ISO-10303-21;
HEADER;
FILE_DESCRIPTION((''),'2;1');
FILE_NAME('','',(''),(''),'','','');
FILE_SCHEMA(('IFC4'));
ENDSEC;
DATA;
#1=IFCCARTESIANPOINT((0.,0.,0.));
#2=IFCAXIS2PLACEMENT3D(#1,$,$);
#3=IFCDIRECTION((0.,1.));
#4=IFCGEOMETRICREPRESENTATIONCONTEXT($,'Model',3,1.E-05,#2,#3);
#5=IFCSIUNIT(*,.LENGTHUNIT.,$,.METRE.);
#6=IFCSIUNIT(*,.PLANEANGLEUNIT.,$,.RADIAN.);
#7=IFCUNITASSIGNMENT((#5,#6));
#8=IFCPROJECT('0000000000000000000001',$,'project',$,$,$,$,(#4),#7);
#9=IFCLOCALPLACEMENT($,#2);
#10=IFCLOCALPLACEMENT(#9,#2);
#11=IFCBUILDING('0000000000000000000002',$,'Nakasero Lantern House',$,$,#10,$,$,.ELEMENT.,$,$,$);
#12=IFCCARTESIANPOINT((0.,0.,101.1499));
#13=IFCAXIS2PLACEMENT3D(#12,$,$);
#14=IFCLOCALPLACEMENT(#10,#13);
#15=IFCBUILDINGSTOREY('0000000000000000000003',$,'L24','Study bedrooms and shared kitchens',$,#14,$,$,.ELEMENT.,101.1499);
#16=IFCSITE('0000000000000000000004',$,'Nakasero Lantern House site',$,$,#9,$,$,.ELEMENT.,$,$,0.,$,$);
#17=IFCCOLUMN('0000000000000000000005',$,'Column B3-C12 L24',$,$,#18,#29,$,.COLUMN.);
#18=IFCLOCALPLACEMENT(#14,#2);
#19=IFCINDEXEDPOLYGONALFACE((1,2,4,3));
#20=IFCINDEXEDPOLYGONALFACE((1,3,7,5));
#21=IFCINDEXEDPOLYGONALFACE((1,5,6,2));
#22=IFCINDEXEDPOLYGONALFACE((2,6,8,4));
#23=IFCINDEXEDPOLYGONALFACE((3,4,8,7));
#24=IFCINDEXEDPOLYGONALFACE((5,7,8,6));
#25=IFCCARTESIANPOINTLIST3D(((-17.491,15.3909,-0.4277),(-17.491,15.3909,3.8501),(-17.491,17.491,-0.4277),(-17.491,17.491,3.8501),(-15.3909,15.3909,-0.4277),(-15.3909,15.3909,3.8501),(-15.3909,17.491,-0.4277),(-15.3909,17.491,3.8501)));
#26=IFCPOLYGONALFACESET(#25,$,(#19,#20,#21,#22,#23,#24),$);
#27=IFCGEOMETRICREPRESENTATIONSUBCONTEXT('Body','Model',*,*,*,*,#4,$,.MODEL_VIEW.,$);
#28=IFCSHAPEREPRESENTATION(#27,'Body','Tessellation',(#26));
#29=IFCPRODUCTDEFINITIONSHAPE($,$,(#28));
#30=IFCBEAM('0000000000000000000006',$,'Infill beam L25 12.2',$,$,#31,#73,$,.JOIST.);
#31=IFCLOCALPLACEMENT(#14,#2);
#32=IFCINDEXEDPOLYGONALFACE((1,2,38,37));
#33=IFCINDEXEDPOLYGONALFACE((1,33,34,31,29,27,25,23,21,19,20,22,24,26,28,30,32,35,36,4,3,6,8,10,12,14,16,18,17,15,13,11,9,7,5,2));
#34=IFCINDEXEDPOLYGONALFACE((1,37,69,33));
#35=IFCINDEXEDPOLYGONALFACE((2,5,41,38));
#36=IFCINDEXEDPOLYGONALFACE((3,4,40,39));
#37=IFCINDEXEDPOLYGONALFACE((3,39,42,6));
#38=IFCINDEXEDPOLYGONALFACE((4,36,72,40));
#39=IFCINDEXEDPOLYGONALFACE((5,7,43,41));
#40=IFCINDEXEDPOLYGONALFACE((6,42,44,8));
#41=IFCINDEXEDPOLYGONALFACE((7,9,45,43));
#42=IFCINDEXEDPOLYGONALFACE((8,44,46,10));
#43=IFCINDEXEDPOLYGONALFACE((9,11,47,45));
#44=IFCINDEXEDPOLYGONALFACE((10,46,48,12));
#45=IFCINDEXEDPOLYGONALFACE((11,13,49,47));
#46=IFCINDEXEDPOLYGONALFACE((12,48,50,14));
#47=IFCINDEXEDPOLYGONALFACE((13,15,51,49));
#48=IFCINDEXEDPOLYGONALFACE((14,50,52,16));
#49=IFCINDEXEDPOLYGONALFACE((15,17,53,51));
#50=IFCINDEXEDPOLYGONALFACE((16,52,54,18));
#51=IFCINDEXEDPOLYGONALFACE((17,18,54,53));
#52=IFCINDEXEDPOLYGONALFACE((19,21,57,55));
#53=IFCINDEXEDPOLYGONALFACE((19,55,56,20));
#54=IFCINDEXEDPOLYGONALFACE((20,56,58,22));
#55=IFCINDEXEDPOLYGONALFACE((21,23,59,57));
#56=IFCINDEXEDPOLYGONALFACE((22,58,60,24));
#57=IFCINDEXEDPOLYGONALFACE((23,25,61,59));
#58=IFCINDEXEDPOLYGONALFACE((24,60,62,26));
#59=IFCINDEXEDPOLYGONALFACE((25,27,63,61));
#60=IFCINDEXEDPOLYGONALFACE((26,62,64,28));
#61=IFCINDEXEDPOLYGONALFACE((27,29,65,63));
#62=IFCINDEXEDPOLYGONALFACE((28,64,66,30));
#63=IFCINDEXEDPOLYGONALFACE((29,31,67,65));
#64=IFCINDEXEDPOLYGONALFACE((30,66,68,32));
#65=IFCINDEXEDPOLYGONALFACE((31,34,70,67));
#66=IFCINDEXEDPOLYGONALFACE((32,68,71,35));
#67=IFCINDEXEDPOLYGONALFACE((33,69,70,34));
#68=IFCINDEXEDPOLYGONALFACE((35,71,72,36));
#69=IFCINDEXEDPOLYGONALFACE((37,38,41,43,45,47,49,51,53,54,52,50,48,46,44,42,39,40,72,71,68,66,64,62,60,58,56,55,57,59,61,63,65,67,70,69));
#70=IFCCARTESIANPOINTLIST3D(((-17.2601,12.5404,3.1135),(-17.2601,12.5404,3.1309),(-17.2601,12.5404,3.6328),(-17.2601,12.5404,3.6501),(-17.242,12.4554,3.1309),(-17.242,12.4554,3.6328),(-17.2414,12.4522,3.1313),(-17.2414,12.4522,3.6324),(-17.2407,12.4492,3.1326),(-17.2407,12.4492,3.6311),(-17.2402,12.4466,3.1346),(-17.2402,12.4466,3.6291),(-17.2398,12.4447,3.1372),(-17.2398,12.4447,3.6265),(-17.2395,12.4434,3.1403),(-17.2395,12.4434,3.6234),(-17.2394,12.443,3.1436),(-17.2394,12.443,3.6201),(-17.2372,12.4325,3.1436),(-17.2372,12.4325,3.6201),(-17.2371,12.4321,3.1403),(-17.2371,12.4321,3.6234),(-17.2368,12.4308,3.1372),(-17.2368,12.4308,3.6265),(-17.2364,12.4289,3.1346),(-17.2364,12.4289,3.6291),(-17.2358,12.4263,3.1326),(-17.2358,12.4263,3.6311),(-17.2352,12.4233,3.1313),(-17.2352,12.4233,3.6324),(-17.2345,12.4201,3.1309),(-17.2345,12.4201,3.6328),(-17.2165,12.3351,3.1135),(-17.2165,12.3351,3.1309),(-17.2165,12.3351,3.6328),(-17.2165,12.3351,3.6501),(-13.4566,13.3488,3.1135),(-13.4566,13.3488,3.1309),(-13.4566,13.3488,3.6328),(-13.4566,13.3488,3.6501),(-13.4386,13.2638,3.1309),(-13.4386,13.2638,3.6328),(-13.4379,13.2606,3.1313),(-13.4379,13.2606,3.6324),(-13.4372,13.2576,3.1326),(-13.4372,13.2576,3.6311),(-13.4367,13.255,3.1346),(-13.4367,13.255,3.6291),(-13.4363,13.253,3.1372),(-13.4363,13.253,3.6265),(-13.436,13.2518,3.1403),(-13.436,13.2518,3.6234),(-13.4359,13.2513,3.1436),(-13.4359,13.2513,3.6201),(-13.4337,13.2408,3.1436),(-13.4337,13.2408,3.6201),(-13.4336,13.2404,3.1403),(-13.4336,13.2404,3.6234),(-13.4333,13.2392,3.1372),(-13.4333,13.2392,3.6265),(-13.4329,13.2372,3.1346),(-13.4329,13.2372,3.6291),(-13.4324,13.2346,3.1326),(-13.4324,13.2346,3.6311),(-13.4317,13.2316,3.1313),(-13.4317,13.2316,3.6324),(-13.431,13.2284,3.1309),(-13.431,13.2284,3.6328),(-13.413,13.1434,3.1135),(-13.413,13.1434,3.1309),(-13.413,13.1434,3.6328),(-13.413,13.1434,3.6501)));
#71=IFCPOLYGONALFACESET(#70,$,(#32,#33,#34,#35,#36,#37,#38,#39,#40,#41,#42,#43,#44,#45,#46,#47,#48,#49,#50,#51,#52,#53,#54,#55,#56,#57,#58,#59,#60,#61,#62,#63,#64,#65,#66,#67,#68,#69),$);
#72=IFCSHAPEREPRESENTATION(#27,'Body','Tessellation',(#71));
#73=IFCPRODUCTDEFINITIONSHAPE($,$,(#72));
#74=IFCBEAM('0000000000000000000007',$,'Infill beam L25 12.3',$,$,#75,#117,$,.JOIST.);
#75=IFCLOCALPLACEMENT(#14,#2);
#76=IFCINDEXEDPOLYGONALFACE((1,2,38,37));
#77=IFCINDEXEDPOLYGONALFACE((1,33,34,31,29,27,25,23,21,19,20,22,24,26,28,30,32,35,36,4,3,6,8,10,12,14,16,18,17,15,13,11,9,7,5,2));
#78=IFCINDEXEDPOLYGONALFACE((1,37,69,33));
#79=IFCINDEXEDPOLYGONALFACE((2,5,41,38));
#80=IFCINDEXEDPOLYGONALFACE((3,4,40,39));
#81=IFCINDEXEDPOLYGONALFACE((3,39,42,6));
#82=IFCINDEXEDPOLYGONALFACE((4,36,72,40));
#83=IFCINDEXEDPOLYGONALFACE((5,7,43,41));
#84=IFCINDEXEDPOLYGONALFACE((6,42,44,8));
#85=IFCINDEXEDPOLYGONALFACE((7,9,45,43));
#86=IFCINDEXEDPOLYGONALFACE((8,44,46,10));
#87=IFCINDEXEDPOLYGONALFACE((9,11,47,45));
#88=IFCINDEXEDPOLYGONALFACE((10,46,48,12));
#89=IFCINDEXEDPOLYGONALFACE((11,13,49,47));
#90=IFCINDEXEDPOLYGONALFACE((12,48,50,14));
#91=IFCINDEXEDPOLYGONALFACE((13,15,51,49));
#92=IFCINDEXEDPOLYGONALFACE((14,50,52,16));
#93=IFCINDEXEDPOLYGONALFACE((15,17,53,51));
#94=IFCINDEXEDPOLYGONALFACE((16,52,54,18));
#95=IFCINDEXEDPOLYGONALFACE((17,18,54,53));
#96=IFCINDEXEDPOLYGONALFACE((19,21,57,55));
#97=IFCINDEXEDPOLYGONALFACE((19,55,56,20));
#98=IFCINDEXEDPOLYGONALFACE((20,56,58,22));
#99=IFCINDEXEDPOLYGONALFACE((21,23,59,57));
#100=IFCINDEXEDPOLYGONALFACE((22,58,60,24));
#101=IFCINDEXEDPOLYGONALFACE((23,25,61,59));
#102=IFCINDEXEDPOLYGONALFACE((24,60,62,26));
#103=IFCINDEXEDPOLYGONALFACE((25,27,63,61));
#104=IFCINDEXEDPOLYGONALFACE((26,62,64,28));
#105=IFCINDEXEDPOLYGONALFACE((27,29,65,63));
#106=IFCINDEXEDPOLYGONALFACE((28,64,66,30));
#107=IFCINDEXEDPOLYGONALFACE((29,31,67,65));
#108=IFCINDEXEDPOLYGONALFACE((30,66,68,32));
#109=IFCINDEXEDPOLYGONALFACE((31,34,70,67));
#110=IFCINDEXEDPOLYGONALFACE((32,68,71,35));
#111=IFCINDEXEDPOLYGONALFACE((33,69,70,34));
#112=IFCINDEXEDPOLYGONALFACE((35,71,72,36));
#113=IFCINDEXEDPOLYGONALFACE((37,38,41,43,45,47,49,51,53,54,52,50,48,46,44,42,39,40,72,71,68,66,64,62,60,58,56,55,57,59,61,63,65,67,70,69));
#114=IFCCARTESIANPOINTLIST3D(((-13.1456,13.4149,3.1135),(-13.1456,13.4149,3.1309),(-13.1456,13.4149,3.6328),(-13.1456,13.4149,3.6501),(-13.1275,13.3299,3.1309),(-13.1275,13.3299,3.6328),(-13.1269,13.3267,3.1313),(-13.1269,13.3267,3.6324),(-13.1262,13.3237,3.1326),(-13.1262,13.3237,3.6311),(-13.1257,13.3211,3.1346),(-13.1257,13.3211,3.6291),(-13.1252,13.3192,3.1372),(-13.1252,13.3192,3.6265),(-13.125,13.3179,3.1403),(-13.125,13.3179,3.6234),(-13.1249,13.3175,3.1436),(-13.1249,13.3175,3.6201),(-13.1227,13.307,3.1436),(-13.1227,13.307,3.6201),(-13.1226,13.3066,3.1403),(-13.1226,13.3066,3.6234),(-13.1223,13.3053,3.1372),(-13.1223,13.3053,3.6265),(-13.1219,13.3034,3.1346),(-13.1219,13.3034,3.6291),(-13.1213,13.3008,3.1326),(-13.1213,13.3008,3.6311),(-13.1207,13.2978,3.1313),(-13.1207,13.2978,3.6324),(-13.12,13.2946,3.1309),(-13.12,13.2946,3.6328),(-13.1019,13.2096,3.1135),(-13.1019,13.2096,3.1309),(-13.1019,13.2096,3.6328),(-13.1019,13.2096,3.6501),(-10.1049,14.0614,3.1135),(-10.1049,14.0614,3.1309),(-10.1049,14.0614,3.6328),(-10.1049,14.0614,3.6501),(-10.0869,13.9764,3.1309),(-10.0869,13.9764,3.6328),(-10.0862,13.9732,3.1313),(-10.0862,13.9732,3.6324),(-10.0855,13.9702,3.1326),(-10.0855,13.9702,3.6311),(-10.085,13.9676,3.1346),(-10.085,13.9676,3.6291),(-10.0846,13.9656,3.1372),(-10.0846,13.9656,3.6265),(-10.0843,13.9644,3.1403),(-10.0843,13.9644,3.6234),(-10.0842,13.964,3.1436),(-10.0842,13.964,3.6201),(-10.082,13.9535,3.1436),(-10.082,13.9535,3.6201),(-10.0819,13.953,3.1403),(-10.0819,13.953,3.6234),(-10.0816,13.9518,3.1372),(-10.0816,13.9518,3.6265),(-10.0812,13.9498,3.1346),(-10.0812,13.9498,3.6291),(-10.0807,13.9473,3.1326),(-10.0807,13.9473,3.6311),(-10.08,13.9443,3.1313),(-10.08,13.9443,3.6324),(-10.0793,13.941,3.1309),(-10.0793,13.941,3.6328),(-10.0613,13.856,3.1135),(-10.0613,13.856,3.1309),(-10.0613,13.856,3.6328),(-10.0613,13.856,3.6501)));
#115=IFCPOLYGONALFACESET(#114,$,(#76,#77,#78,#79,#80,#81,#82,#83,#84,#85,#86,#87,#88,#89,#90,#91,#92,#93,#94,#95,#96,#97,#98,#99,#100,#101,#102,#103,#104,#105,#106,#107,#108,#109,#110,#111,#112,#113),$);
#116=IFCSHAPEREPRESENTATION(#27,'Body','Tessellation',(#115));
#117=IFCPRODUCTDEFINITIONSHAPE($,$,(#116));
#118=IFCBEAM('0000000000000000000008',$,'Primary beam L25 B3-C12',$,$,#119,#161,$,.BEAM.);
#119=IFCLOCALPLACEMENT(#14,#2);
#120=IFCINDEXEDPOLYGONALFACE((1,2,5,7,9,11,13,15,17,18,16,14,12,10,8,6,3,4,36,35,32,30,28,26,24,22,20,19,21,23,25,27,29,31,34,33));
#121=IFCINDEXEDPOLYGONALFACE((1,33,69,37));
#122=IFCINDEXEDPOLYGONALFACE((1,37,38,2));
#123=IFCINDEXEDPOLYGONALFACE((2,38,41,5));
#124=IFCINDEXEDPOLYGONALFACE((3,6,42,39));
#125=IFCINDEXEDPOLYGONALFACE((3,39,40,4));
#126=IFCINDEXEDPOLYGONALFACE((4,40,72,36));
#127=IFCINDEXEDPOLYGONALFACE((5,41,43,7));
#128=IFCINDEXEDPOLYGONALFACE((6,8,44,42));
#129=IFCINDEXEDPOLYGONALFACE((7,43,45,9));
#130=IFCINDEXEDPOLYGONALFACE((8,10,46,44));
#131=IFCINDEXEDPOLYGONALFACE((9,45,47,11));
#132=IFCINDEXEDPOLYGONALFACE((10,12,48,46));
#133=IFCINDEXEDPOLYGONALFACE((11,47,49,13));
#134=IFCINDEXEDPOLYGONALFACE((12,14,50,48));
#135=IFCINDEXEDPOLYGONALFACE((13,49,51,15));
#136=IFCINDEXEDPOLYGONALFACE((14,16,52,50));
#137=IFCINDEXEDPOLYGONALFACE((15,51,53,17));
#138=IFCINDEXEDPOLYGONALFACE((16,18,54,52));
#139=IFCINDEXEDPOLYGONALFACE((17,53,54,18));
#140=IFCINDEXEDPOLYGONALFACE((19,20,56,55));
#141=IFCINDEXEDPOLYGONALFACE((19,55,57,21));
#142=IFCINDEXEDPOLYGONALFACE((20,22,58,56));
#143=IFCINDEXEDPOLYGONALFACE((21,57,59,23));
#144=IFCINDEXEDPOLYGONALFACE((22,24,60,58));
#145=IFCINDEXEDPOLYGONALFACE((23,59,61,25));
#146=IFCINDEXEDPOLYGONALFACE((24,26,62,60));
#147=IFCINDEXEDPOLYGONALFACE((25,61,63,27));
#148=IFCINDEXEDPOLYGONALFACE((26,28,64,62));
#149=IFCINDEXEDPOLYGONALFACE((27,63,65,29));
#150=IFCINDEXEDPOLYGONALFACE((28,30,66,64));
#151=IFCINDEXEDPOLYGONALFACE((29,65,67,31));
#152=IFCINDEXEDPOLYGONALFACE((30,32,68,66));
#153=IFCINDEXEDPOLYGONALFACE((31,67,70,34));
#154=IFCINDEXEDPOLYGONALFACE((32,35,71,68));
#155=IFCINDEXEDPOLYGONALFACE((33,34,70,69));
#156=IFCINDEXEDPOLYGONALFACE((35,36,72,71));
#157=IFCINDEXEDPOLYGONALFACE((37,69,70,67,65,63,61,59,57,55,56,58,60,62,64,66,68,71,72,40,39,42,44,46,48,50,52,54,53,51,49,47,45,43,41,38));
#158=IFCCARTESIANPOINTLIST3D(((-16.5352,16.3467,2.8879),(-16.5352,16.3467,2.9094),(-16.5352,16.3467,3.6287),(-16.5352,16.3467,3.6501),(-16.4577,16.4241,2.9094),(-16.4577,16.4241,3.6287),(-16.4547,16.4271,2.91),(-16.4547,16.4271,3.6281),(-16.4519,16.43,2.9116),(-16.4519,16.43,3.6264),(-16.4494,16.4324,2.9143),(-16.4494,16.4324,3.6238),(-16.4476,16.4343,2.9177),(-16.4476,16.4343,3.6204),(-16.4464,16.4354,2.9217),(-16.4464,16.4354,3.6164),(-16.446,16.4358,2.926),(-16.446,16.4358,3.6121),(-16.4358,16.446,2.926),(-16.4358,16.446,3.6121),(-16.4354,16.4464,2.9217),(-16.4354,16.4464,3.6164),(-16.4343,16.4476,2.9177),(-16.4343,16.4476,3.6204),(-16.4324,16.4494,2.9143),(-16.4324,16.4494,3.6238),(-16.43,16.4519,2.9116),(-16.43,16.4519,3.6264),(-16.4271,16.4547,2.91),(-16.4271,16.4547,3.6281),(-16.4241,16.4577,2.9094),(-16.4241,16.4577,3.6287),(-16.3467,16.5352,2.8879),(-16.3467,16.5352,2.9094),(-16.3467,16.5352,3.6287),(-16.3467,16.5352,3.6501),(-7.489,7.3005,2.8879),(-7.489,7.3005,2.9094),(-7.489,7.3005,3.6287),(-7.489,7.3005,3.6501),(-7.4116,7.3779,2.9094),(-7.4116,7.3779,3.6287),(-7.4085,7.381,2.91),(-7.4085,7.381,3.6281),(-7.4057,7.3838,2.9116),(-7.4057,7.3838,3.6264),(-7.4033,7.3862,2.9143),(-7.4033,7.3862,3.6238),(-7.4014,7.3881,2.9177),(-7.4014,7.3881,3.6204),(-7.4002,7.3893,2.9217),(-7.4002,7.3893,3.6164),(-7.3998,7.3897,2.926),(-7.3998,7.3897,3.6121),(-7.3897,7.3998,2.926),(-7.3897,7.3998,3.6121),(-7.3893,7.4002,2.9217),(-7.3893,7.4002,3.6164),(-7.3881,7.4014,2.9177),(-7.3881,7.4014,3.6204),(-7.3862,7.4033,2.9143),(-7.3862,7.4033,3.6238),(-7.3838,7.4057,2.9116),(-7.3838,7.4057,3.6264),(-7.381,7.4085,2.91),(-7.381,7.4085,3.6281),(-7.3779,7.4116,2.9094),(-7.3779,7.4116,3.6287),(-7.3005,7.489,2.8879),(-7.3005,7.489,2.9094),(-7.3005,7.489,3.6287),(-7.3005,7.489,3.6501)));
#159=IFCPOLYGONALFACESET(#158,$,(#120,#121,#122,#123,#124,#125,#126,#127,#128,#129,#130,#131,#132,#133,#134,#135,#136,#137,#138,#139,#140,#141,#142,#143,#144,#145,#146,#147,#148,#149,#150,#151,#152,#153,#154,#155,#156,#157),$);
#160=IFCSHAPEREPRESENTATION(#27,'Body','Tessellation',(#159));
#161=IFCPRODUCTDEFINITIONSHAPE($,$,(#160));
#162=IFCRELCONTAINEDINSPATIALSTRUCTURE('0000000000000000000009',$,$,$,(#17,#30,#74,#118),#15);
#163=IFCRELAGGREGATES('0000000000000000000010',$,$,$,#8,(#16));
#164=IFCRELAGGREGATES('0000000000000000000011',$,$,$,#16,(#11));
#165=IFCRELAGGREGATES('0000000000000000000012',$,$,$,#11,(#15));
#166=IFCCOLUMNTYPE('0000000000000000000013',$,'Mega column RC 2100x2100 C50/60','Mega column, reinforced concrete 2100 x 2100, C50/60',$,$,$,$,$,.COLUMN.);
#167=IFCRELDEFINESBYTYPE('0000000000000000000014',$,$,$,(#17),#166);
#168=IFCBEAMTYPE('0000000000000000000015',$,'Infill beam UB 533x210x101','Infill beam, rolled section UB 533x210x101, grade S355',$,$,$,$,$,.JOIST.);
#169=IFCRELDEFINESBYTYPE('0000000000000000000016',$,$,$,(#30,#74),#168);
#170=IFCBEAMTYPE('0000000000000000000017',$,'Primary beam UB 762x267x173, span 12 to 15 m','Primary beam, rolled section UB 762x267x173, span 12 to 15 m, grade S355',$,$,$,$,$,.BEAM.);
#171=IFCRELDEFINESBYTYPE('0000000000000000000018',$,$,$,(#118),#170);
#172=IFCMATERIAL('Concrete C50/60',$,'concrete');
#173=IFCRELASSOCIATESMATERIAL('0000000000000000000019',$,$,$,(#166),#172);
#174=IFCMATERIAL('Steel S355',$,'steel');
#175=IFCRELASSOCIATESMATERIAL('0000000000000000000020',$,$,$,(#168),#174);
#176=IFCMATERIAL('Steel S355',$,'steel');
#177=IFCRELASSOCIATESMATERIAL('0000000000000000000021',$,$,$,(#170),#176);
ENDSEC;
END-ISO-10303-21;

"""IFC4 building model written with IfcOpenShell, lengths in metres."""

from ifc_helpers import new_model, si_unit, direction, frame, origin, origin_2d, place, context, subcontext, project, spatial, rectangle, i_section, extrude, material, material_profile, profile_set, type_object, element, save


model = new_model("IFC4")

# Units and contexts
model_context = context("Model", 3, precision=1e-05, world=origin(), true_north=direction((0.0, 1.0)))
body_context = subcontext(model_context, "Body", "Model", "MODEL_VIEW")
ifc_project = project(units=[si_unit("LENGTHUNIT", "METRE"), si_unit("PLANEANGLEUNIT", "RADIAN")], contexts=[model_context])

# Site, building, storey
site_placement = place(None, origin())
site = spatial("IfcSite", under=ifc_project, at=site_placement, Name="Nakasero Lantern House site", CompositionType="ELEMENT", RefElevation=0.0)
building_placement = place(site_placement, origin())
building = spatial("IfcBuilding", under=site, at=building_placement, Name="Nakasero Lantern House", CompositionType="ELEMENT")
storey_placement = place(building_placement, frame((0.0, 0.0, 101.1499)))
storey = spatial("IfcBuildingStorey", under=building, at=storey_placement, Name="L24", Description="Study bedrooms and shared kitchens", CompositionType="ELEMENT", Elevation=101.1499)

# Column
ifc_material_1 = material(Name="Concrete C50/60", Category="concrete")
ifc_material_profile_1 = material_profile(ifc_material_1, rectangle(XDim=2.1001, YDim=2.1001, at=origin_2d()), Name="RC 2100x2100")
ifc_profile_set_1 = profile_set([ifc_material_profile_1], Name="Concrete C50/60")
column_type = type_object("IfcColumnType", Name="Mega column RC 2100x2100 C50/60", Description="Mega column, reinforced concrete 2100 x 2100, C50/60", PredefinedType="COLUMN", material=ifc_profile_set_1)
column_placement = place(storey_placement, frame((-16.4409, 16.4409, -0.4277), z_axis=(0.0, 0.0, 1.0), x_axis=(1.0, 0.0, 0.0)))
element("IfcColumn", 1, at=column_placement, inside=storey, type_object=column_type, Name="Column B3-C12 L24", PredefinedType="COLUMN", context=body_context, shape_type="SweptSolid", body=[
    extrude(rectangle(XDim=2.1001, YDim=2.1001, at=origin_2d()), origin(), (0.0, 0.0, 1.0), 4.2778),
])

# Beams
ifc_material_2 = material(Name="Steel S355", Category="steel")
ifc_material_profile_2 = material_profile(ifc_material_2, i_section(OverallWidth=0.21, OverallDepth=0.5366, WebThickness=0.0107, FlangeThickness=0.0173, FilletRadius=0.0127, at=origin_2d()), Name="UB 533x210x101")
ifc_profile_set_2 = profile_set([ifc_material_profile_2], Name="Steel S355")
beam_type_1 = type_object("IfcBeamType", Name="Infill beam UB 533x210x101", Description="Infill beam, rolled section UB 533x210x101, grade S355", PredefinedType="JOIST", material=ifc_profile_set_2)
beam_1_placement = place(storey_placement, frame((-17.2383, 12.4377, 3.3818), z_axis=(0.978153, 0.207887, 0.0), x_axis=(-0.207887, 0.978153, 0.0)))
element("IfcBeam", 2, at=beam_1_placement, inside=storey, type_object=beam_type_1, Name="Infill beam L25 12.2", PredefinedType="JOIST", context=body_context, shape_type="SweptSolid", body=[
    extrude(i_section(OverallWidth=0.21, OverallDepth=0.5366, WebThickness=0.0107, FlangeThickness=0.0173, FilletRadius=0.0127, at=origin_2d()), origin(), (0.0, 0.0, 1.0), 3.8884),
])
beam_2_placement = place(storey_placement, frame((-13.1238, 13.3123, 3.3818), z_axis=(0.978138, 0.207957, 0.0), x_axis=(-0.207957, 0.978138, 0.0)))
element("IfcBeam", 3, at=beam_2_placement, inside=storey, type_object=beam_type_1, Name="Infill beam L25 12.3", PredefinedType="JOIST", context=body_context, shape_type="SweptSolid", body=[
    extrude(i_section(OverallWidth=0.21, OverallDepth=0.5366, WebThickness=0.0107, FlangeThickness=0.0173, FilletRadius=0.0127, at=origin_2d()), origin(), (0.0, 0.0, 1.0), 3.1086),
])
ifc_material_3 = material(Name="Steel S355", Category="steel")
ifc_material_profile_3 = material_profile(ifc_material_3, i_section(OverallWidth=0.2666, OverallDepth=0.7622, WebThickness=0.0144, FlangeThickness=0.0215, FilletRadius=0.0166, at=origin_2d()), Name="UB 762x267x173")
ifc_profile_set_3 = profile_set([ifc_material_profile_3], Name="Steel S355")
beam_type_2 = type_object("IfcBeamType", Name="Primary beam UB 762x267x173, span 12 to 15 m", Description="Primary beam, rolled section UB 762x267x173, span 12 to 15 m, grade S355", PredefinedType="BEAM", material=ifc_profile_set_3)
beam_3_placement = place(storey_placement, frame((-16.4409, 16.4409, 3.269), z_axis=(0.707107, -0.707107, 0.0), x_axis=(0.707107, 0.707107, 0.0)))
element("IfcBeam", 4, at=beam_3_placement, inside=storey, type_object=beam_type_2, Name="Primary beam L25 B3-C12", PredefinedType="BEAM", context=body_context, shape_type="SweptSolid", body=[
    extrude(i_section(OverallWidth=0.2666, OverallDepth=0.7622, WebThickness=0.0144, FlangeThickness=0.0215, FilletRadius=0.0166, at=origin_2d()), origin(), (0.0, 0.0, 1.0), 12.7932),
])

save(model, "model.ifc")
